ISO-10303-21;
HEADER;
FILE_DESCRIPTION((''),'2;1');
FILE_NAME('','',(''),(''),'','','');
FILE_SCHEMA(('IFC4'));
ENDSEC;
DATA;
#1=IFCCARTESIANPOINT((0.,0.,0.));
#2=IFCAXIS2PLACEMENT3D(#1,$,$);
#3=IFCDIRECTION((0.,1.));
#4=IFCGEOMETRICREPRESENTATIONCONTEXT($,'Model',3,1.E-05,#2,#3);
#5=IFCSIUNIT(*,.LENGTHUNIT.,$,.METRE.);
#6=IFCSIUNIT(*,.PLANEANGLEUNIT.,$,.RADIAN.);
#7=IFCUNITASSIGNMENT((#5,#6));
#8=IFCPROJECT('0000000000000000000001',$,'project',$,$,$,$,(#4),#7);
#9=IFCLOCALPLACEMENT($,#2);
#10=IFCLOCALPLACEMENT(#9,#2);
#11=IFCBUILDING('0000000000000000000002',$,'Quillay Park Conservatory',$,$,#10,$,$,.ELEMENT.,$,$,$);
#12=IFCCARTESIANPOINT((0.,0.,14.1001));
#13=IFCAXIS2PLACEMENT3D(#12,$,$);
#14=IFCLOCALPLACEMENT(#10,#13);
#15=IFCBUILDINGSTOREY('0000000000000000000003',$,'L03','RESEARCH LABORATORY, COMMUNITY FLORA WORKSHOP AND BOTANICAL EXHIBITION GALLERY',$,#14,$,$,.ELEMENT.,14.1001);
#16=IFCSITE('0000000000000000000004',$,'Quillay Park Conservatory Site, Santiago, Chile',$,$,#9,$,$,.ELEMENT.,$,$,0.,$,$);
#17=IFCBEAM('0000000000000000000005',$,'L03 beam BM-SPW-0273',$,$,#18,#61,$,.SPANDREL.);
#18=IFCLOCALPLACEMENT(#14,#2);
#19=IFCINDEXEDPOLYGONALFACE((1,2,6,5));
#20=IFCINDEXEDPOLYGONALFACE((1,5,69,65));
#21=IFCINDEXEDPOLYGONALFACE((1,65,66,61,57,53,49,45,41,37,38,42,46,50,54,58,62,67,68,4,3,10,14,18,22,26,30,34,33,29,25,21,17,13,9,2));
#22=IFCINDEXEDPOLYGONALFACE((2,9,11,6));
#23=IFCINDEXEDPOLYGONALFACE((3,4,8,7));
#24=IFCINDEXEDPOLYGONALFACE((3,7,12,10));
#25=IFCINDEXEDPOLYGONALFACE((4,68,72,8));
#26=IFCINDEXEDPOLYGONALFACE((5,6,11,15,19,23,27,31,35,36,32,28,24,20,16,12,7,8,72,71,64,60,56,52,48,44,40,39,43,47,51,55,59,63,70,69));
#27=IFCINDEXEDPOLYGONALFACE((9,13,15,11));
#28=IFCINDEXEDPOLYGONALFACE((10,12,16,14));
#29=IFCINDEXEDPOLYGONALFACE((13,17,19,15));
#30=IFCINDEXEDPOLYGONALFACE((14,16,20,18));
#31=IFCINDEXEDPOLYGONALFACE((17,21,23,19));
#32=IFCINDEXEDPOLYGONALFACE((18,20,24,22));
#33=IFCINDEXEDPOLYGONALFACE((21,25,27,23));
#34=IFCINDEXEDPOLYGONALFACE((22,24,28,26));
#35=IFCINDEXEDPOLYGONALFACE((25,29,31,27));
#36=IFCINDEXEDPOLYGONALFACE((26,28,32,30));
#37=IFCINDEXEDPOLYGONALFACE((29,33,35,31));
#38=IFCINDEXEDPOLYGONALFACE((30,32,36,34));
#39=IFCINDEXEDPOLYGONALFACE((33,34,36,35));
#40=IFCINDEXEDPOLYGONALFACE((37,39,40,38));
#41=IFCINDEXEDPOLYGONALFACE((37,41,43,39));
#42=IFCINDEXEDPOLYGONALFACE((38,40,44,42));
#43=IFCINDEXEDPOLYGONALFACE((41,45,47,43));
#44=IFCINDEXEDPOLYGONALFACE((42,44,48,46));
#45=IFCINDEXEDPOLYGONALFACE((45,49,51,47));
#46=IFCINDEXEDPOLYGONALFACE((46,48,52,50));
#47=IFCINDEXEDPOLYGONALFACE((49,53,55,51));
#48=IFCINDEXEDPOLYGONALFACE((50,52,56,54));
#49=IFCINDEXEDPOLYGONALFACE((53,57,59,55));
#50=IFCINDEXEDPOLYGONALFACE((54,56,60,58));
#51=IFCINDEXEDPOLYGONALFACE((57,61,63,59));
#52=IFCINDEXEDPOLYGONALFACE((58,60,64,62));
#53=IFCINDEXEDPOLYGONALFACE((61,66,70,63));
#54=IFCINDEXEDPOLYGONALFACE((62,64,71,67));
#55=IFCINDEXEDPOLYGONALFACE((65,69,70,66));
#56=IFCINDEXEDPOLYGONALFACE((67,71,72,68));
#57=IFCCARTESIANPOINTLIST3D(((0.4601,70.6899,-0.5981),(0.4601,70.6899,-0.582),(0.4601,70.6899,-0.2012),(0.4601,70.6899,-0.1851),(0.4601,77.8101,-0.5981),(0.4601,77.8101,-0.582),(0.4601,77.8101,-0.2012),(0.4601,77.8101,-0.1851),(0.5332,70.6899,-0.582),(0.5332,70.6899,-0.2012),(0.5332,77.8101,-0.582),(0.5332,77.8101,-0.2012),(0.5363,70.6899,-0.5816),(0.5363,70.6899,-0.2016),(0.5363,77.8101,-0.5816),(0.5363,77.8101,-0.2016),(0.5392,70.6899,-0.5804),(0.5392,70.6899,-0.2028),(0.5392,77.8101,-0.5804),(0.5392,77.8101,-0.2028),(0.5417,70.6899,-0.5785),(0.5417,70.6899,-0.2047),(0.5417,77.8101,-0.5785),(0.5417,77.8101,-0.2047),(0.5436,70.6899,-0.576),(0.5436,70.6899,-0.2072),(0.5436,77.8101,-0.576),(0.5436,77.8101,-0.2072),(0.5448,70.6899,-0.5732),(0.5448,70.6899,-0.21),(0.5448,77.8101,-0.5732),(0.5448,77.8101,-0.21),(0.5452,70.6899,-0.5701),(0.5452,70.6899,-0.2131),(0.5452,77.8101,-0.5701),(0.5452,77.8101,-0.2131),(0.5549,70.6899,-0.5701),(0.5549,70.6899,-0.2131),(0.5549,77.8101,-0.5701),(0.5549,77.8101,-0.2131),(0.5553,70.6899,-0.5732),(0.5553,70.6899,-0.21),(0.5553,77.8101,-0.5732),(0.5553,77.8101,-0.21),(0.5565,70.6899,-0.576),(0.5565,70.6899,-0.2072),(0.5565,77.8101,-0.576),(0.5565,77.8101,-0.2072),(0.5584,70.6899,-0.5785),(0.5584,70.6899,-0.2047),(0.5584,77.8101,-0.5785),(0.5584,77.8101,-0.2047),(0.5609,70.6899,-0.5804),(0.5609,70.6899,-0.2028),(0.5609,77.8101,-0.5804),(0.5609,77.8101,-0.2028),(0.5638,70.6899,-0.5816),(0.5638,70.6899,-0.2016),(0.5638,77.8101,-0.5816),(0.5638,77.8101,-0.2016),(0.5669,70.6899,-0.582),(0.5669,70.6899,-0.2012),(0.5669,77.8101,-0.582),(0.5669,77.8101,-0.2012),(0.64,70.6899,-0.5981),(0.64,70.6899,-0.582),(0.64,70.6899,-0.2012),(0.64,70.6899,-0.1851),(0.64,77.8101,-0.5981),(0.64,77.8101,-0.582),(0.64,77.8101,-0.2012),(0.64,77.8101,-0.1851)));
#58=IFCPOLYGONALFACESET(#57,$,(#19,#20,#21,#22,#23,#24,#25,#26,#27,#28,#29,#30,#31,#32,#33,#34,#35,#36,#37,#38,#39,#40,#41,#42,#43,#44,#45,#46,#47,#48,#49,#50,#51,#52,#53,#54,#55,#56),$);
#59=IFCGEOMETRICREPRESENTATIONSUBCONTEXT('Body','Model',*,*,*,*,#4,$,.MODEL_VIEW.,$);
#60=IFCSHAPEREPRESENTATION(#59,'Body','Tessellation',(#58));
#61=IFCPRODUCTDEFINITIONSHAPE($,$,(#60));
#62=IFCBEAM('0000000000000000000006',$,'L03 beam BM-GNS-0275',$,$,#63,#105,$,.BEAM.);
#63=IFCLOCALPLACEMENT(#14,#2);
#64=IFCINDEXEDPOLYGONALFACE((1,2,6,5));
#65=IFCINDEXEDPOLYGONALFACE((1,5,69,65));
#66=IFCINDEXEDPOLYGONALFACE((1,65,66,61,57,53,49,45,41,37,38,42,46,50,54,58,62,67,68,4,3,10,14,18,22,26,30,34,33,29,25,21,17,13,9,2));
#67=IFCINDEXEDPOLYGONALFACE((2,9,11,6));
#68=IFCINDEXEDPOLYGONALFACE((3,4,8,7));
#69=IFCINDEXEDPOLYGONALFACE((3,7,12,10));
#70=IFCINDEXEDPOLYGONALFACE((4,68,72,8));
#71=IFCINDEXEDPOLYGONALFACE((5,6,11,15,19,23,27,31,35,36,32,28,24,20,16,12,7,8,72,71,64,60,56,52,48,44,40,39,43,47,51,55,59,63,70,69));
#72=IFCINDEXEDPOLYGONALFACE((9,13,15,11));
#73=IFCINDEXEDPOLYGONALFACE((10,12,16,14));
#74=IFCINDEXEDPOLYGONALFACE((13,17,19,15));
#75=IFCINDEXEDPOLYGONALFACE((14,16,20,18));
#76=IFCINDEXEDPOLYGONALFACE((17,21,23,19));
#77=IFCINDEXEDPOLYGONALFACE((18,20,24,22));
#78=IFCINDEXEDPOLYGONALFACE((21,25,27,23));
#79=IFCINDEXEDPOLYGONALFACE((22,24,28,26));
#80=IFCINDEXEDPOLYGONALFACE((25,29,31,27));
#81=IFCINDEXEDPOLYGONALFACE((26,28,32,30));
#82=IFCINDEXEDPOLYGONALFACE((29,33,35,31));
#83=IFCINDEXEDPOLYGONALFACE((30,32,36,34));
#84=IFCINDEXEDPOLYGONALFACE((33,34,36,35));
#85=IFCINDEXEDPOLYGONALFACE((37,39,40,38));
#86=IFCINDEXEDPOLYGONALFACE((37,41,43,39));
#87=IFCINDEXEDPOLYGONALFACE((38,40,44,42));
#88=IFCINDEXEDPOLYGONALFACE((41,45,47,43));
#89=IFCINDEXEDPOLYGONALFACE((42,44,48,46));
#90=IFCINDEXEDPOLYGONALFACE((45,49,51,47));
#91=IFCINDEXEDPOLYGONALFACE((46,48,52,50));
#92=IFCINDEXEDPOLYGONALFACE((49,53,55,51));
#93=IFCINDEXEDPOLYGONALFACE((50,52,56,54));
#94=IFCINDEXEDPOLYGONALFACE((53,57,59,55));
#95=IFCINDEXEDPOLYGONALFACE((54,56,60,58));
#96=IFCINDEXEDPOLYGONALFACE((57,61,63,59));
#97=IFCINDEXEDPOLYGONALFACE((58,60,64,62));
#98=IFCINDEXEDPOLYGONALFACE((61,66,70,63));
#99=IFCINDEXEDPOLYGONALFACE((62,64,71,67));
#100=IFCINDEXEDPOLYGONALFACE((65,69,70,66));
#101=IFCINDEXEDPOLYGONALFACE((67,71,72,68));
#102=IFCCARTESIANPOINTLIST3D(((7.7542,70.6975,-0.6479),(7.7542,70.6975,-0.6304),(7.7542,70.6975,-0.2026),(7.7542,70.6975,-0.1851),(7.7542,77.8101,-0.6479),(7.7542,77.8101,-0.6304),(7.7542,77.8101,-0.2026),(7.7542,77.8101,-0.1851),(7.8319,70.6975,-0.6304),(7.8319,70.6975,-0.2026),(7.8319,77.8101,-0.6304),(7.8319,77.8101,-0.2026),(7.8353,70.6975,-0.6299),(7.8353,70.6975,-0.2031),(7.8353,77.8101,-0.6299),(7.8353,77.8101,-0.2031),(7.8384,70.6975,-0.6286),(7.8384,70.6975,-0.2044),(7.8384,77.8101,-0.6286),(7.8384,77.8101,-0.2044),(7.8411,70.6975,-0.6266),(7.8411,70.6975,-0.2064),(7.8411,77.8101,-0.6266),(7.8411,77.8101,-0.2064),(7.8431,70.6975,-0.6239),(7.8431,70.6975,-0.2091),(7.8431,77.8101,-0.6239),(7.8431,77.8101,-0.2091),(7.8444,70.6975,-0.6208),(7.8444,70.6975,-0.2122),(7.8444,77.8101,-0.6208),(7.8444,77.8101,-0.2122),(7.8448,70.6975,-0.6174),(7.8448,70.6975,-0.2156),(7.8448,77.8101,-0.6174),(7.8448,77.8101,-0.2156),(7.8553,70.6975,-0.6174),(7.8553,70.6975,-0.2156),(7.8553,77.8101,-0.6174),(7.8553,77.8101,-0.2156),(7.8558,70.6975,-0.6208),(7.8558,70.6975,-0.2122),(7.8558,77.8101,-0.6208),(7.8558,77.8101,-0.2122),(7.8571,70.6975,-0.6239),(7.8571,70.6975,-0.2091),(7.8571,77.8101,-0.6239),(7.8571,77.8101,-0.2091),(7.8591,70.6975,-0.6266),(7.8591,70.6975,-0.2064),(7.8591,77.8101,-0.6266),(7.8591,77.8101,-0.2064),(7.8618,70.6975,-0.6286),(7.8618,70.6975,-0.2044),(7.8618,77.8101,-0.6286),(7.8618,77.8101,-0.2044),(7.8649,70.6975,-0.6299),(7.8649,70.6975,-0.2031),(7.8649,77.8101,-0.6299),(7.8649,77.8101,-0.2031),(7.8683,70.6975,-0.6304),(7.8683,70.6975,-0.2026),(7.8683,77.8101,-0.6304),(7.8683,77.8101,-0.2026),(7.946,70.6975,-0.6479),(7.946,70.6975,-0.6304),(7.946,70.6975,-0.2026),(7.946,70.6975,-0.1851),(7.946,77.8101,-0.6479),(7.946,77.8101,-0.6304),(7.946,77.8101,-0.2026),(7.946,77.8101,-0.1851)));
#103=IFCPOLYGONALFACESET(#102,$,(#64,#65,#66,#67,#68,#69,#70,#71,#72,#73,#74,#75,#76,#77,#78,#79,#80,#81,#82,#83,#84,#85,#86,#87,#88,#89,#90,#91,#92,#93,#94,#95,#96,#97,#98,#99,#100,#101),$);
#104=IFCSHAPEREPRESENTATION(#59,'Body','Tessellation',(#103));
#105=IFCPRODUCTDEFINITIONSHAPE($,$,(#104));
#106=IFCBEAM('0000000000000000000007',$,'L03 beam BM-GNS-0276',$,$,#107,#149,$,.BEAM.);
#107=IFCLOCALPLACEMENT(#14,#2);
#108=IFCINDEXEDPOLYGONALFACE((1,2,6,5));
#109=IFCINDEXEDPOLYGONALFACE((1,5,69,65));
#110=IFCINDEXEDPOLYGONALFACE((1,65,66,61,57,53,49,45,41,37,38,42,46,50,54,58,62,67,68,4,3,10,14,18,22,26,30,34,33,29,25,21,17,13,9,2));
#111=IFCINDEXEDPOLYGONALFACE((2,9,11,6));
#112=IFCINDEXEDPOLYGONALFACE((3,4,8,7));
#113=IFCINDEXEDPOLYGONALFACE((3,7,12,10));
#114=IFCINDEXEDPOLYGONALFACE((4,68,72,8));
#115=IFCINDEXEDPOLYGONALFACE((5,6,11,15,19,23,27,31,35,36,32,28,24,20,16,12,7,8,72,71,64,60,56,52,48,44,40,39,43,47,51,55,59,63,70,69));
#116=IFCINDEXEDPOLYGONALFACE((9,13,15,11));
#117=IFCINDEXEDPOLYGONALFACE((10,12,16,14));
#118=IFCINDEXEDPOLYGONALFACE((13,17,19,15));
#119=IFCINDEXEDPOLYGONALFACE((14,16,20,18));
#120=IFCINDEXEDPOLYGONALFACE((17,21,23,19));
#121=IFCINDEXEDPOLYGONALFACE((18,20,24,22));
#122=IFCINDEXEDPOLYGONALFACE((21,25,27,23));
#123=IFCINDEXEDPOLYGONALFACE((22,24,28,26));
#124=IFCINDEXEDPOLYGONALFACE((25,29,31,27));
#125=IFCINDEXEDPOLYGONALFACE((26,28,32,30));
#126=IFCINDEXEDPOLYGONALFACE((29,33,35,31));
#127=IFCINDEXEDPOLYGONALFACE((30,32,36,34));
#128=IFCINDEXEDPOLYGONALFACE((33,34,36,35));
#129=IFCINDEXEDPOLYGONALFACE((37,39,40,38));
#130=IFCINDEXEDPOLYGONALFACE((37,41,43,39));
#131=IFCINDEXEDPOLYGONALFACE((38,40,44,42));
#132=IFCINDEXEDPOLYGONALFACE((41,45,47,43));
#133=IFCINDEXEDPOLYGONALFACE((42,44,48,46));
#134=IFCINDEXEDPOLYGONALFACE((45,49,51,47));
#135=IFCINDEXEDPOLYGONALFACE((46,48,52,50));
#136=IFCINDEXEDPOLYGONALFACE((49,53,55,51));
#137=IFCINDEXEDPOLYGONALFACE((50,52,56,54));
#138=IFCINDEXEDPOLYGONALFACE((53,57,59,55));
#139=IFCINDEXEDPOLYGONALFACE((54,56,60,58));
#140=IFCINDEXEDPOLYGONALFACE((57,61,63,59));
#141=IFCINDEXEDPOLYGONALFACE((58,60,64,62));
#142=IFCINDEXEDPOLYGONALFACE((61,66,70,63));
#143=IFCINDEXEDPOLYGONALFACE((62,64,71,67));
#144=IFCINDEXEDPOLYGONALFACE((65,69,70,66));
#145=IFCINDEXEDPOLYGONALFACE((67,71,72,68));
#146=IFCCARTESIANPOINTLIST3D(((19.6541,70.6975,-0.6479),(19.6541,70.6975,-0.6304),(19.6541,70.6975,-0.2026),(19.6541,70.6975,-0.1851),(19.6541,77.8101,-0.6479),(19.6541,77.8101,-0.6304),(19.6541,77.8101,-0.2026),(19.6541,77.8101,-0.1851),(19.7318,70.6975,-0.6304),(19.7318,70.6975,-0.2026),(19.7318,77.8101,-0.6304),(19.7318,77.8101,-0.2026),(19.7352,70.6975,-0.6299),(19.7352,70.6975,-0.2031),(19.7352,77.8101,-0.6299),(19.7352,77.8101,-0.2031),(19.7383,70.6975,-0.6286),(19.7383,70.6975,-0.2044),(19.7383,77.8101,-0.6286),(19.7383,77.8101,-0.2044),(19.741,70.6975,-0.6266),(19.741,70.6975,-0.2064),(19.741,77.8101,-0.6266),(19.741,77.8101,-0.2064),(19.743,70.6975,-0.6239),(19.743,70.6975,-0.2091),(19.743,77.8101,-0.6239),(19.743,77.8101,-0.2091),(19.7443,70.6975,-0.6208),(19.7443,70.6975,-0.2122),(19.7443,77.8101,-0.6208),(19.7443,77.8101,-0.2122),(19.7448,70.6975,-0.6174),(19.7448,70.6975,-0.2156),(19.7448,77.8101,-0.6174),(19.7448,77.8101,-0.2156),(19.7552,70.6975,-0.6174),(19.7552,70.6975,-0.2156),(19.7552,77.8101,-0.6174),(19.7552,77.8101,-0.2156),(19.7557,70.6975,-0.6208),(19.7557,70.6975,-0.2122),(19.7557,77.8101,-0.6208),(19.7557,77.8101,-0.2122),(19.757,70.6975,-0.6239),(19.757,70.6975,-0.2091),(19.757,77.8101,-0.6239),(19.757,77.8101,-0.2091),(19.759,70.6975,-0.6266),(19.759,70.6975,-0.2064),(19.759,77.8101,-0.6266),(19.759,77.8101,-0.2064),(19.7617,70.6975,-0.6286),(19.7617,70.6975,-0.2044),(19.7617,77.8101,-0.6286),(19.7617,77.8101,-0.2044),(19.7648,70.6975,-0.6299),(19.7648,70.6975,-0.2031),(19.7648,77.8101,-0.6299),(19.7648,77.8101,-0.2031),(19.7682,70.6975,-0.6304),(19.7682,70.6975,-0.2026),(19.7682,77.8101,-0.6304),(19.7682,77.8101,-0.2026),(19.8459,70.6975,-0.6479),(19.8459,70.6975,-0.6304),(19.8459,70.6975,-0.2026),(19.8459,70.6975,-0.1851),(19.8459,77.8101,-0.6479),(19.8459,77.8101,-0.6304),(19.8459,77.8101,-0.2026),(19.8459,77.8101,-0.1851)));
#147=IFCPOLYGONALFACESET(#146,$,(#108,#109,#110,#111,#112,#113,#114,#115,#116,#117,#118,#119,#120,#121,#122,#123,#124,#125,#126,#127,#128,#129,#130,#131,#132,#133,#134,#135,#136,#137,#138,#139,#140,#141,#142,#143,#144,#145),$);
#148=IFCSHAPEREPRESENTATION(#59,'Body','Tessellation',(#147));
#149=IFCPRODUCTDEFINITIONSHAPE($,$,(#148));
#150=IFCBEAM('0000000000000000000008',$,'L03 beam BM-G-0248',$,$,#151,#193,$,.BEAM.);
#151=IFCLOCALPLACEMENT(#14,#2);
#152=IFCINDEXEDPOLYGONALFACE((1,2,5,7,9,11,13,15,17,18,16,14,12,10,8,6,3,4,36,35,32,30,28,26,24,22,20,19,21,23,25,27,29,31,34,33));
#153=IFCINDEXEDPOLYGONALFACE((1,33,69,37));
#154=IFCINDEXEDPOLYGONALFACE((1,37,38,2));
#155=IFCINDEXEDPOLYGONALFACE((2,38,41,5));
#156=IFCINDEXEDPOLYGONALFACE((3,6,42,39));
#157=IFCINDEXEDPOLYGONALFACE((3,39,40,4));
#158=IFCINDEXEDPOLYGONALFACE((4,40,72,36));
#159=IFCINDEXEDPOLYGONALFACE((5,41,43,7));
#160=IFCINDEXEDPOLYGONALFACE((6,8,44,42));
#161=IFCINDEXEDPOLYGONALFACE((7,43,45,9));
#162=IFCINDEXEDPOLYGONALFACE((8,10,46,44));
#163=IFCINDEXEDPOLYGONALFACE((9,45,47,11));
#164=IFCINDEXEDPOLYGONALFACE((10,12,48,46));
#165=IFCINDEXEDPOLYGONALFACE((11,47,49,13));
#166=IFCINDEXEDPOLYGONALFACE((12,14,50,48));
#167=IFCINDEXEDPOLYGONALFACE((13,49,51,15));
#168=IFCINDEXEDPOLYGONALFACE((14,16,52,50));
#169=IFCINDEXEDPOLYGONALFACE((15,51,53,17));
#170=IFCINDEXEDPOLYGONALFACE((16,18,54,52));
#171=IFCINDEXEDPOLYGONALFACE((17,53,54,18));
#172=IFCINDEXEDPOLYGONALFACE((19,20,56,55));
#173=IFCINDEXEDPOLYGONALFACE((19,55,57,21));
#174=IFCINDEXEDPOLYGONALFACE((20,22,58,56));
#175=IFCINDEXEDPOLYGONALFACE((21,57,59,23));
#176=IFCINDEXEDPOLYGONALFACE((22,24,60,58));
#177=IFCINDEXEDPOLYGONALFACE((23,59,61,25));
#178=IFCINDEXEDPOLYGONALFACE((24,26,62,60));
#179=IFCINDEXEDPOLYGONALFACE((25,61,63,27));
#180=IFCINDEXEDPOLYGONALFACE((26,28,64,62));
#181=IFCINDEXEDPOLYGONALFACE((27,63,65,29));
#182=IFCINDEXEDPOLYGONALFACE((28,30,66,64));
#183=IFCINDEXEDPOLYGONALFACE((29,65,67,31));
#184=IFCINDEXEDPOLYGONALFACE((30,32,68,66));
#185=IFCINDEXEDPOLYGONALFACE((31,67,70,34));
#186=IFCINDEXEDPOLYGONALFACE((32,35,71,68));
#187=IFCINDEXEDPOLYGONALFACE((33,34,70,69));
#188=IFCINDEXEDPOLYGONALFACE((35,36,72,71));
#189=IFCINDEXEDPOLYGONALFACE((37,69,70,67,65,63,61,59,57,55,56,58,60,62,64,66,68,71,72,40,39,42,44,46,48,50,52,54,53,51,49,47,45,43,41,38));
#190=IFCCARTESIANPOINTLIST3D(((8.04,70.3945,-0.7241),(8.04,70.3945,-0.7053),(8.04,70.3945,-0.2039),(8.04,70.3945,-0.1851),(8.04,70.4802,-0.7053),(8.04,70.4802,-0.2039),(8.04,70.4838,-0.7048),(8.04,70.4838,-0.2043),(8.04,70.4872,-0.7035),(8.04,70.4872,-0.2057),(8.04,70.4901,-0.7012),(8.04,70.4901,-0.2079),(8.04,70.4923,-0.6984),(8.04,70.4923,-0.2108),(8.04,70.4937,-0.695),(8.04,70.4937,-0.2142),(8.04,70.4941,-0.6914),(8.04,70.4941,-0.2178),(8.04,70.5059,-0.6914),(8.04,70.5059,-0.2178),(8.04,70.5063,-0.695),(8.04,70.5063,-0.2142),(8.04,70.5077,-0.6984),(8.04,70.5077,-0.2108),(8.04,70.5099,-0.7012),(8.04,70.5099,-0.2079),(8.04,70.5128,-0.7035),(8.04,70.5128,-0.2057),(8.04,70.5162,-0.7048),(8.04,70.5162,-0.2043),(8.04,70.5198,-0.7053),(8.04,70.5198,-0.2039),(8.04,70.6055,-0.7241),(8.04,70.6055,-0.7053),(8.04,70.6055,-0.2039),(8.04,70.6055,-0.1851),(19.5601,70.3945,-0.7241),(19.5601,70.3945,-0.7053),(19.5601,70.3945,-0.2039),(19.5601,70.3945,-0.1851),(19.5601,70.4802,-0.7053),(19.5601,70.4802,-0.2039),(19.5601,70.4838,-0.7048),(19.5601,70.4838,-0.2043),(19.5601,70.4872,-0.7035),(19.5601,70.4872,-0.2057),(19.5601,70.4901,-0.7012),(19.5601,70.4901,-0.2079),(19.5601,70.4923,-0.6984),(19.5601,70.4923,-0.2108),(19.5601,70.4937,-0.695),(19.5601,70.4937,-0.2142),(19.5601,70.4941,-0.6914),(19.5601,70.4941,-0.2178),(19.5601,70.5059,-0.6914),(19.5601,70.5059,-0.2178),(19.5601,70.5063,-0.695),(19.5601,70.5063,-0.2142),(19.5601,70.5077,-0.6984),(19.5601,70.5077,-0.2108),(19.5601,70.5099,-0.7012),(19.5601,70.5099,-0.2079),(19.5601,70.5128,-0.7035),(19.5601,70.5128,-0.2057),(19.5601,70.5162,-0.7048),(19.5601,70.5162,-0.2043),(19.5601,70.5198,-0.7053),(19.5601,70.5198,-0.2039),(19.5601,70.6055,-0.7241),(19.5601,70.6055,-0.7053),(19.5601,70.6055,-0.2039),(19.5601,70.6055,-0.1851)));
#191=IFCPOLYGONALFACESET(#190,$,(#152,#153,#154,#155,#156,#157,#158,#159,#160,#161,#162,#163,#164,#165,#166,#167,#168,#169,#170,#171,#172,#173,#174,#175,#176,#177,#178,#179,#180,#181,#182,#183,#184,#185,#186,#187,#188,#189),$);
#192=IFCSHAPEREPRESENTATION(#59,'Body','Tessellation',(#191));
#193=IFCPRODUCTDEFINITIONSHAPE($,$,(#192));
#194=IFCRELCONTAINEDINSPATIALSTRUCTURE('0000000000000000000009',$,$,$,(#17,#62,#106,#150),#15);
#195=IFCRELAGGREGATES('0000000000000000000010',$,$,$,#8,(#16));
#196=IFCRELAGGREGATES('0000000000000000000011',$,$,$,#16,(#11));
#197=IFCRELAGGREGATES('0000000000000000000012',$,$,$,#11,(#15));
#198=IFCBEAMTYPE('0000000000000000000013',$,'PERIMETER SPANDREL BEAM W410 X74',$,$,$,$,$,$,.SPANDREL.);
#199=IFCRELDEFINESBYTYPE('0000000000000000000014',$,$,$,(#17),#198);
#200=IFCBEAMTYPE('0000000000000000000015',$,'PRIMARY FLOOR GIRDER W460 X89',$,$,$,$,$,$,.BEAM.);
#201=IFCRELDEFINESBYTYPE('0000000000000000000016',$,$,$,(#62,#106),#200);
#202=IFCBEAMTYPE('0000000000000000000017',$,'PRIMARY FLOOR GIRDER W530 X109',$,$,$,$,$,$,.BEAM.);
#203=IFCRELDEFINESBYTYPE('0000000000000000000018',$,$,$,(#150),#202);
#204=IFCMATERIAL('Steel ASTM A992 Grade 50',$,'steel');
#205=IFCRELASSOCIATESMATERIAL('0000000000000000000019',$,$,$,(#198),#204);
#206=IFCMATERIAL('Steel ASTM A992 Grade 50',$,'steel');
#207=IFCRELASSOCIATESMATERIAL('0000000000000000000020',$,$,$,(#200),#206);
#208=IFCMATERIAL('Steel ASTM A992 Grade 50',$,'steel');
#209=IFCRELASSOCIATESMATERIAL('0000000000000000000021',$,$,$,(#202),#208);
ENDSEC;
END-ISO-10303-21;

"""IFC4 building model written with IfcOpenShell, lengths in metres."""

from ifc_helpers import new_model, si_unit, direction, frame, origin, origin_2d, place, context, subcontext, project, spatial, i_section, extrude, material, material_profile, profile_set, type_object, element, save


model = new_model("IFC4")

# Units and contexts
model_context = context("Model", 3, precision=1e-05, world=origin(), true_north=direction((0.0, 1.0)))
body_context = subcontext(model_context, "Body", "Model", "MODEL_VIEW")
ifc_project = project(units=[si_unit("LENGTHUNIT", "METRE"), si_unit("PLANEANGLEUNIT", "RADIAN")], contexts=[model_context])

# Site, building, storey
site_placement = place(None, origin())
site = spatial("IfcSite", under=ifc_project, at=site_placement, Name="Quillay Park Conservatory Site, Santiago, Chile", CompositionType="ELEMENT", RefElevation=0.0)
building_placement = place(site_placement, origin())
building = spatial("IfcBuilding", under=site, at=building_placement, Name="Quillay Park Conservatory", CompositionType="ELEMENT")
storey_placement = place(building_placement, frame((0.0, 0.0, 14.1001)))
storey = spatial("IfcBuildingStorey", under=building, at=storey_placement, Name="L03", Description="RESEARCH LABORATORY, COMMUNITY FLORA WORKSHOP AND BOTANICAL EXHIBITION GALLERY", CompositionType="ELEMENT", Elevation=14.1001)

# Beams
ifc_material_1 = material(Name="Steel ASTM A992 Grade 50", Category="steel")
ifc_material_profile_1 = material_profile(ifc_material_1, i_section(OverallWidth=0.1799, OverallDepth=0.4131, WebThickness=0.0098, FlangeThickness=0.0161, FilletRadius=0.012, at=origin_2d()), Name="W410x74")
ifc_profile_set_1 = profile_set([ifc_material_profile_1], Name="Steel ASTM A992 Grade 50")
beam_type_1 = type_object("IfcBeamType", Name="PERIMETER SPANDREL BEAM W410 X74", PredefinedType="SPANDREL", material=ifc_profile_set_1)
beam_1_placement = place(storey_placement, frame((0.55, 70.6899, -0.3916), z_axis=(0.0, 1.0, 0.0), x_axis=(-1.0, 0.0, 0.0)))
element("IfcBeam", 1, at=beam_1_placement, inside=storey, type_object=beam_type_1, Name="L03 beam BM-SPW-0273", PredefinedType="SPANDREL", context=body_context, shape_type="SweptSolid", body=[
    extrude(i_section(OverallWidth=0.1799, OverallDepth=0.4131, WebThickness=0.0098, FlangeThickness=0.0161, FilletRadius=0.012, at=origin_2d()), origin(), (0.0, 0.0, 1.0), 7.1201),
])
ifc_material_2 = material(Name="Steel ASTM A992 Grade 50", Category="steel")
ifc_material_profile_2 = material_profile(ifc_material_2, i_section(OverallWidth=0.1919, OverallDepth=0.4629, WebThickness=0.0105, FlangeThickness=0.0176, FilletRadius=0.0129, at=origin_2d()), Name="W460x89")
ifc_profile_set_2 = profile_set([ifc_material_profile_2], Name="Steel ASTM A992 Grade 50")
beam_type_2 = type_object("IfcBeamType", Name="PRIMARY FLOOR GIRDER W460 X89", PredefinedType="BEAM", material=ifc_profile_set_2)
for number, where, z_axis, x_axis, name in (
    (2, (7.8501, 70.6975, -0.4165), (0.0, 1.0, 0.0), (-1.0, 0.0, 0.0), "L03 beam BM-GNS-0275"),
    (3, (19.75, 70.6975, -0.4165), (0.0, 1.0, 0.0), (-1.0, 0.0, 0.0), "L03 beam BM-GNS-0276"),
):
    element("IfcBeam", number, at=place(storey_placement, frame(where, z_axis=z_axis, x_axis=x_axis)), inside=storey, type_object=beam_type_2, Name=name, PredefinedType="BEAM", context=body_context, shape_type="SweptSolid", body=[
        extrude(i_section(OverallWidth=0.1919, OverallDepth=0.4629, WebThickness=0.0105, FlangeThickness=0.0176, FilletRadius=0.0129, at=origin_2d()), origin(), (0.0, 0.0, 1.0), 7.1125),
    ])
ifc_material_3 = material(Name="Steel ASTM A992 Grade 50", Category="steel")
ifc_material_profile_3 = material_profile(ifc_material_3, i_section(OverallWidth=0.2109, OverallDepth=0.5391, WebThickness=0.0117, FlangeThickness=0.0188, FilletRadius=0.0139, at=origin_2d()), Name="W530x109")
ifc_profile_set_3 = profile_set([ifc_material_profile_3], Name="Steel ASTM A992 Grade 50")
beam_type_3 = type_object("IfcBeamType", Name="PRIMARY FLOOR GIRDER W530 X109", PredefinedType="BEAM", material=ifc_profile_set_3)
beam_2_placement = place(storey_placement, frame((8.04, 70.5, -0.4546), z_axis=(1.0, 0.0, 0.0), x_axis=(0.0, 1.0, 0.0)))
element("IfcBeam", 4, at=beam_2_placement, inside=storey, type_object=beam_type_3, Name="L03 beam BM-G-0248", PredefinedType="BEAM", context=body_context, shape_type="SweptSolid", body=[
    extrude(i_section(OverallWidth=0.2109, OverallDepth=0.5391, WebThickness=0.0117, FlangeThickness=0.0188, FilletRadius=0.0139, at=origin_2d()), origin(), (0.0, 0.0, 1.0), 11.52),
])

save(model, "model.ifc")
